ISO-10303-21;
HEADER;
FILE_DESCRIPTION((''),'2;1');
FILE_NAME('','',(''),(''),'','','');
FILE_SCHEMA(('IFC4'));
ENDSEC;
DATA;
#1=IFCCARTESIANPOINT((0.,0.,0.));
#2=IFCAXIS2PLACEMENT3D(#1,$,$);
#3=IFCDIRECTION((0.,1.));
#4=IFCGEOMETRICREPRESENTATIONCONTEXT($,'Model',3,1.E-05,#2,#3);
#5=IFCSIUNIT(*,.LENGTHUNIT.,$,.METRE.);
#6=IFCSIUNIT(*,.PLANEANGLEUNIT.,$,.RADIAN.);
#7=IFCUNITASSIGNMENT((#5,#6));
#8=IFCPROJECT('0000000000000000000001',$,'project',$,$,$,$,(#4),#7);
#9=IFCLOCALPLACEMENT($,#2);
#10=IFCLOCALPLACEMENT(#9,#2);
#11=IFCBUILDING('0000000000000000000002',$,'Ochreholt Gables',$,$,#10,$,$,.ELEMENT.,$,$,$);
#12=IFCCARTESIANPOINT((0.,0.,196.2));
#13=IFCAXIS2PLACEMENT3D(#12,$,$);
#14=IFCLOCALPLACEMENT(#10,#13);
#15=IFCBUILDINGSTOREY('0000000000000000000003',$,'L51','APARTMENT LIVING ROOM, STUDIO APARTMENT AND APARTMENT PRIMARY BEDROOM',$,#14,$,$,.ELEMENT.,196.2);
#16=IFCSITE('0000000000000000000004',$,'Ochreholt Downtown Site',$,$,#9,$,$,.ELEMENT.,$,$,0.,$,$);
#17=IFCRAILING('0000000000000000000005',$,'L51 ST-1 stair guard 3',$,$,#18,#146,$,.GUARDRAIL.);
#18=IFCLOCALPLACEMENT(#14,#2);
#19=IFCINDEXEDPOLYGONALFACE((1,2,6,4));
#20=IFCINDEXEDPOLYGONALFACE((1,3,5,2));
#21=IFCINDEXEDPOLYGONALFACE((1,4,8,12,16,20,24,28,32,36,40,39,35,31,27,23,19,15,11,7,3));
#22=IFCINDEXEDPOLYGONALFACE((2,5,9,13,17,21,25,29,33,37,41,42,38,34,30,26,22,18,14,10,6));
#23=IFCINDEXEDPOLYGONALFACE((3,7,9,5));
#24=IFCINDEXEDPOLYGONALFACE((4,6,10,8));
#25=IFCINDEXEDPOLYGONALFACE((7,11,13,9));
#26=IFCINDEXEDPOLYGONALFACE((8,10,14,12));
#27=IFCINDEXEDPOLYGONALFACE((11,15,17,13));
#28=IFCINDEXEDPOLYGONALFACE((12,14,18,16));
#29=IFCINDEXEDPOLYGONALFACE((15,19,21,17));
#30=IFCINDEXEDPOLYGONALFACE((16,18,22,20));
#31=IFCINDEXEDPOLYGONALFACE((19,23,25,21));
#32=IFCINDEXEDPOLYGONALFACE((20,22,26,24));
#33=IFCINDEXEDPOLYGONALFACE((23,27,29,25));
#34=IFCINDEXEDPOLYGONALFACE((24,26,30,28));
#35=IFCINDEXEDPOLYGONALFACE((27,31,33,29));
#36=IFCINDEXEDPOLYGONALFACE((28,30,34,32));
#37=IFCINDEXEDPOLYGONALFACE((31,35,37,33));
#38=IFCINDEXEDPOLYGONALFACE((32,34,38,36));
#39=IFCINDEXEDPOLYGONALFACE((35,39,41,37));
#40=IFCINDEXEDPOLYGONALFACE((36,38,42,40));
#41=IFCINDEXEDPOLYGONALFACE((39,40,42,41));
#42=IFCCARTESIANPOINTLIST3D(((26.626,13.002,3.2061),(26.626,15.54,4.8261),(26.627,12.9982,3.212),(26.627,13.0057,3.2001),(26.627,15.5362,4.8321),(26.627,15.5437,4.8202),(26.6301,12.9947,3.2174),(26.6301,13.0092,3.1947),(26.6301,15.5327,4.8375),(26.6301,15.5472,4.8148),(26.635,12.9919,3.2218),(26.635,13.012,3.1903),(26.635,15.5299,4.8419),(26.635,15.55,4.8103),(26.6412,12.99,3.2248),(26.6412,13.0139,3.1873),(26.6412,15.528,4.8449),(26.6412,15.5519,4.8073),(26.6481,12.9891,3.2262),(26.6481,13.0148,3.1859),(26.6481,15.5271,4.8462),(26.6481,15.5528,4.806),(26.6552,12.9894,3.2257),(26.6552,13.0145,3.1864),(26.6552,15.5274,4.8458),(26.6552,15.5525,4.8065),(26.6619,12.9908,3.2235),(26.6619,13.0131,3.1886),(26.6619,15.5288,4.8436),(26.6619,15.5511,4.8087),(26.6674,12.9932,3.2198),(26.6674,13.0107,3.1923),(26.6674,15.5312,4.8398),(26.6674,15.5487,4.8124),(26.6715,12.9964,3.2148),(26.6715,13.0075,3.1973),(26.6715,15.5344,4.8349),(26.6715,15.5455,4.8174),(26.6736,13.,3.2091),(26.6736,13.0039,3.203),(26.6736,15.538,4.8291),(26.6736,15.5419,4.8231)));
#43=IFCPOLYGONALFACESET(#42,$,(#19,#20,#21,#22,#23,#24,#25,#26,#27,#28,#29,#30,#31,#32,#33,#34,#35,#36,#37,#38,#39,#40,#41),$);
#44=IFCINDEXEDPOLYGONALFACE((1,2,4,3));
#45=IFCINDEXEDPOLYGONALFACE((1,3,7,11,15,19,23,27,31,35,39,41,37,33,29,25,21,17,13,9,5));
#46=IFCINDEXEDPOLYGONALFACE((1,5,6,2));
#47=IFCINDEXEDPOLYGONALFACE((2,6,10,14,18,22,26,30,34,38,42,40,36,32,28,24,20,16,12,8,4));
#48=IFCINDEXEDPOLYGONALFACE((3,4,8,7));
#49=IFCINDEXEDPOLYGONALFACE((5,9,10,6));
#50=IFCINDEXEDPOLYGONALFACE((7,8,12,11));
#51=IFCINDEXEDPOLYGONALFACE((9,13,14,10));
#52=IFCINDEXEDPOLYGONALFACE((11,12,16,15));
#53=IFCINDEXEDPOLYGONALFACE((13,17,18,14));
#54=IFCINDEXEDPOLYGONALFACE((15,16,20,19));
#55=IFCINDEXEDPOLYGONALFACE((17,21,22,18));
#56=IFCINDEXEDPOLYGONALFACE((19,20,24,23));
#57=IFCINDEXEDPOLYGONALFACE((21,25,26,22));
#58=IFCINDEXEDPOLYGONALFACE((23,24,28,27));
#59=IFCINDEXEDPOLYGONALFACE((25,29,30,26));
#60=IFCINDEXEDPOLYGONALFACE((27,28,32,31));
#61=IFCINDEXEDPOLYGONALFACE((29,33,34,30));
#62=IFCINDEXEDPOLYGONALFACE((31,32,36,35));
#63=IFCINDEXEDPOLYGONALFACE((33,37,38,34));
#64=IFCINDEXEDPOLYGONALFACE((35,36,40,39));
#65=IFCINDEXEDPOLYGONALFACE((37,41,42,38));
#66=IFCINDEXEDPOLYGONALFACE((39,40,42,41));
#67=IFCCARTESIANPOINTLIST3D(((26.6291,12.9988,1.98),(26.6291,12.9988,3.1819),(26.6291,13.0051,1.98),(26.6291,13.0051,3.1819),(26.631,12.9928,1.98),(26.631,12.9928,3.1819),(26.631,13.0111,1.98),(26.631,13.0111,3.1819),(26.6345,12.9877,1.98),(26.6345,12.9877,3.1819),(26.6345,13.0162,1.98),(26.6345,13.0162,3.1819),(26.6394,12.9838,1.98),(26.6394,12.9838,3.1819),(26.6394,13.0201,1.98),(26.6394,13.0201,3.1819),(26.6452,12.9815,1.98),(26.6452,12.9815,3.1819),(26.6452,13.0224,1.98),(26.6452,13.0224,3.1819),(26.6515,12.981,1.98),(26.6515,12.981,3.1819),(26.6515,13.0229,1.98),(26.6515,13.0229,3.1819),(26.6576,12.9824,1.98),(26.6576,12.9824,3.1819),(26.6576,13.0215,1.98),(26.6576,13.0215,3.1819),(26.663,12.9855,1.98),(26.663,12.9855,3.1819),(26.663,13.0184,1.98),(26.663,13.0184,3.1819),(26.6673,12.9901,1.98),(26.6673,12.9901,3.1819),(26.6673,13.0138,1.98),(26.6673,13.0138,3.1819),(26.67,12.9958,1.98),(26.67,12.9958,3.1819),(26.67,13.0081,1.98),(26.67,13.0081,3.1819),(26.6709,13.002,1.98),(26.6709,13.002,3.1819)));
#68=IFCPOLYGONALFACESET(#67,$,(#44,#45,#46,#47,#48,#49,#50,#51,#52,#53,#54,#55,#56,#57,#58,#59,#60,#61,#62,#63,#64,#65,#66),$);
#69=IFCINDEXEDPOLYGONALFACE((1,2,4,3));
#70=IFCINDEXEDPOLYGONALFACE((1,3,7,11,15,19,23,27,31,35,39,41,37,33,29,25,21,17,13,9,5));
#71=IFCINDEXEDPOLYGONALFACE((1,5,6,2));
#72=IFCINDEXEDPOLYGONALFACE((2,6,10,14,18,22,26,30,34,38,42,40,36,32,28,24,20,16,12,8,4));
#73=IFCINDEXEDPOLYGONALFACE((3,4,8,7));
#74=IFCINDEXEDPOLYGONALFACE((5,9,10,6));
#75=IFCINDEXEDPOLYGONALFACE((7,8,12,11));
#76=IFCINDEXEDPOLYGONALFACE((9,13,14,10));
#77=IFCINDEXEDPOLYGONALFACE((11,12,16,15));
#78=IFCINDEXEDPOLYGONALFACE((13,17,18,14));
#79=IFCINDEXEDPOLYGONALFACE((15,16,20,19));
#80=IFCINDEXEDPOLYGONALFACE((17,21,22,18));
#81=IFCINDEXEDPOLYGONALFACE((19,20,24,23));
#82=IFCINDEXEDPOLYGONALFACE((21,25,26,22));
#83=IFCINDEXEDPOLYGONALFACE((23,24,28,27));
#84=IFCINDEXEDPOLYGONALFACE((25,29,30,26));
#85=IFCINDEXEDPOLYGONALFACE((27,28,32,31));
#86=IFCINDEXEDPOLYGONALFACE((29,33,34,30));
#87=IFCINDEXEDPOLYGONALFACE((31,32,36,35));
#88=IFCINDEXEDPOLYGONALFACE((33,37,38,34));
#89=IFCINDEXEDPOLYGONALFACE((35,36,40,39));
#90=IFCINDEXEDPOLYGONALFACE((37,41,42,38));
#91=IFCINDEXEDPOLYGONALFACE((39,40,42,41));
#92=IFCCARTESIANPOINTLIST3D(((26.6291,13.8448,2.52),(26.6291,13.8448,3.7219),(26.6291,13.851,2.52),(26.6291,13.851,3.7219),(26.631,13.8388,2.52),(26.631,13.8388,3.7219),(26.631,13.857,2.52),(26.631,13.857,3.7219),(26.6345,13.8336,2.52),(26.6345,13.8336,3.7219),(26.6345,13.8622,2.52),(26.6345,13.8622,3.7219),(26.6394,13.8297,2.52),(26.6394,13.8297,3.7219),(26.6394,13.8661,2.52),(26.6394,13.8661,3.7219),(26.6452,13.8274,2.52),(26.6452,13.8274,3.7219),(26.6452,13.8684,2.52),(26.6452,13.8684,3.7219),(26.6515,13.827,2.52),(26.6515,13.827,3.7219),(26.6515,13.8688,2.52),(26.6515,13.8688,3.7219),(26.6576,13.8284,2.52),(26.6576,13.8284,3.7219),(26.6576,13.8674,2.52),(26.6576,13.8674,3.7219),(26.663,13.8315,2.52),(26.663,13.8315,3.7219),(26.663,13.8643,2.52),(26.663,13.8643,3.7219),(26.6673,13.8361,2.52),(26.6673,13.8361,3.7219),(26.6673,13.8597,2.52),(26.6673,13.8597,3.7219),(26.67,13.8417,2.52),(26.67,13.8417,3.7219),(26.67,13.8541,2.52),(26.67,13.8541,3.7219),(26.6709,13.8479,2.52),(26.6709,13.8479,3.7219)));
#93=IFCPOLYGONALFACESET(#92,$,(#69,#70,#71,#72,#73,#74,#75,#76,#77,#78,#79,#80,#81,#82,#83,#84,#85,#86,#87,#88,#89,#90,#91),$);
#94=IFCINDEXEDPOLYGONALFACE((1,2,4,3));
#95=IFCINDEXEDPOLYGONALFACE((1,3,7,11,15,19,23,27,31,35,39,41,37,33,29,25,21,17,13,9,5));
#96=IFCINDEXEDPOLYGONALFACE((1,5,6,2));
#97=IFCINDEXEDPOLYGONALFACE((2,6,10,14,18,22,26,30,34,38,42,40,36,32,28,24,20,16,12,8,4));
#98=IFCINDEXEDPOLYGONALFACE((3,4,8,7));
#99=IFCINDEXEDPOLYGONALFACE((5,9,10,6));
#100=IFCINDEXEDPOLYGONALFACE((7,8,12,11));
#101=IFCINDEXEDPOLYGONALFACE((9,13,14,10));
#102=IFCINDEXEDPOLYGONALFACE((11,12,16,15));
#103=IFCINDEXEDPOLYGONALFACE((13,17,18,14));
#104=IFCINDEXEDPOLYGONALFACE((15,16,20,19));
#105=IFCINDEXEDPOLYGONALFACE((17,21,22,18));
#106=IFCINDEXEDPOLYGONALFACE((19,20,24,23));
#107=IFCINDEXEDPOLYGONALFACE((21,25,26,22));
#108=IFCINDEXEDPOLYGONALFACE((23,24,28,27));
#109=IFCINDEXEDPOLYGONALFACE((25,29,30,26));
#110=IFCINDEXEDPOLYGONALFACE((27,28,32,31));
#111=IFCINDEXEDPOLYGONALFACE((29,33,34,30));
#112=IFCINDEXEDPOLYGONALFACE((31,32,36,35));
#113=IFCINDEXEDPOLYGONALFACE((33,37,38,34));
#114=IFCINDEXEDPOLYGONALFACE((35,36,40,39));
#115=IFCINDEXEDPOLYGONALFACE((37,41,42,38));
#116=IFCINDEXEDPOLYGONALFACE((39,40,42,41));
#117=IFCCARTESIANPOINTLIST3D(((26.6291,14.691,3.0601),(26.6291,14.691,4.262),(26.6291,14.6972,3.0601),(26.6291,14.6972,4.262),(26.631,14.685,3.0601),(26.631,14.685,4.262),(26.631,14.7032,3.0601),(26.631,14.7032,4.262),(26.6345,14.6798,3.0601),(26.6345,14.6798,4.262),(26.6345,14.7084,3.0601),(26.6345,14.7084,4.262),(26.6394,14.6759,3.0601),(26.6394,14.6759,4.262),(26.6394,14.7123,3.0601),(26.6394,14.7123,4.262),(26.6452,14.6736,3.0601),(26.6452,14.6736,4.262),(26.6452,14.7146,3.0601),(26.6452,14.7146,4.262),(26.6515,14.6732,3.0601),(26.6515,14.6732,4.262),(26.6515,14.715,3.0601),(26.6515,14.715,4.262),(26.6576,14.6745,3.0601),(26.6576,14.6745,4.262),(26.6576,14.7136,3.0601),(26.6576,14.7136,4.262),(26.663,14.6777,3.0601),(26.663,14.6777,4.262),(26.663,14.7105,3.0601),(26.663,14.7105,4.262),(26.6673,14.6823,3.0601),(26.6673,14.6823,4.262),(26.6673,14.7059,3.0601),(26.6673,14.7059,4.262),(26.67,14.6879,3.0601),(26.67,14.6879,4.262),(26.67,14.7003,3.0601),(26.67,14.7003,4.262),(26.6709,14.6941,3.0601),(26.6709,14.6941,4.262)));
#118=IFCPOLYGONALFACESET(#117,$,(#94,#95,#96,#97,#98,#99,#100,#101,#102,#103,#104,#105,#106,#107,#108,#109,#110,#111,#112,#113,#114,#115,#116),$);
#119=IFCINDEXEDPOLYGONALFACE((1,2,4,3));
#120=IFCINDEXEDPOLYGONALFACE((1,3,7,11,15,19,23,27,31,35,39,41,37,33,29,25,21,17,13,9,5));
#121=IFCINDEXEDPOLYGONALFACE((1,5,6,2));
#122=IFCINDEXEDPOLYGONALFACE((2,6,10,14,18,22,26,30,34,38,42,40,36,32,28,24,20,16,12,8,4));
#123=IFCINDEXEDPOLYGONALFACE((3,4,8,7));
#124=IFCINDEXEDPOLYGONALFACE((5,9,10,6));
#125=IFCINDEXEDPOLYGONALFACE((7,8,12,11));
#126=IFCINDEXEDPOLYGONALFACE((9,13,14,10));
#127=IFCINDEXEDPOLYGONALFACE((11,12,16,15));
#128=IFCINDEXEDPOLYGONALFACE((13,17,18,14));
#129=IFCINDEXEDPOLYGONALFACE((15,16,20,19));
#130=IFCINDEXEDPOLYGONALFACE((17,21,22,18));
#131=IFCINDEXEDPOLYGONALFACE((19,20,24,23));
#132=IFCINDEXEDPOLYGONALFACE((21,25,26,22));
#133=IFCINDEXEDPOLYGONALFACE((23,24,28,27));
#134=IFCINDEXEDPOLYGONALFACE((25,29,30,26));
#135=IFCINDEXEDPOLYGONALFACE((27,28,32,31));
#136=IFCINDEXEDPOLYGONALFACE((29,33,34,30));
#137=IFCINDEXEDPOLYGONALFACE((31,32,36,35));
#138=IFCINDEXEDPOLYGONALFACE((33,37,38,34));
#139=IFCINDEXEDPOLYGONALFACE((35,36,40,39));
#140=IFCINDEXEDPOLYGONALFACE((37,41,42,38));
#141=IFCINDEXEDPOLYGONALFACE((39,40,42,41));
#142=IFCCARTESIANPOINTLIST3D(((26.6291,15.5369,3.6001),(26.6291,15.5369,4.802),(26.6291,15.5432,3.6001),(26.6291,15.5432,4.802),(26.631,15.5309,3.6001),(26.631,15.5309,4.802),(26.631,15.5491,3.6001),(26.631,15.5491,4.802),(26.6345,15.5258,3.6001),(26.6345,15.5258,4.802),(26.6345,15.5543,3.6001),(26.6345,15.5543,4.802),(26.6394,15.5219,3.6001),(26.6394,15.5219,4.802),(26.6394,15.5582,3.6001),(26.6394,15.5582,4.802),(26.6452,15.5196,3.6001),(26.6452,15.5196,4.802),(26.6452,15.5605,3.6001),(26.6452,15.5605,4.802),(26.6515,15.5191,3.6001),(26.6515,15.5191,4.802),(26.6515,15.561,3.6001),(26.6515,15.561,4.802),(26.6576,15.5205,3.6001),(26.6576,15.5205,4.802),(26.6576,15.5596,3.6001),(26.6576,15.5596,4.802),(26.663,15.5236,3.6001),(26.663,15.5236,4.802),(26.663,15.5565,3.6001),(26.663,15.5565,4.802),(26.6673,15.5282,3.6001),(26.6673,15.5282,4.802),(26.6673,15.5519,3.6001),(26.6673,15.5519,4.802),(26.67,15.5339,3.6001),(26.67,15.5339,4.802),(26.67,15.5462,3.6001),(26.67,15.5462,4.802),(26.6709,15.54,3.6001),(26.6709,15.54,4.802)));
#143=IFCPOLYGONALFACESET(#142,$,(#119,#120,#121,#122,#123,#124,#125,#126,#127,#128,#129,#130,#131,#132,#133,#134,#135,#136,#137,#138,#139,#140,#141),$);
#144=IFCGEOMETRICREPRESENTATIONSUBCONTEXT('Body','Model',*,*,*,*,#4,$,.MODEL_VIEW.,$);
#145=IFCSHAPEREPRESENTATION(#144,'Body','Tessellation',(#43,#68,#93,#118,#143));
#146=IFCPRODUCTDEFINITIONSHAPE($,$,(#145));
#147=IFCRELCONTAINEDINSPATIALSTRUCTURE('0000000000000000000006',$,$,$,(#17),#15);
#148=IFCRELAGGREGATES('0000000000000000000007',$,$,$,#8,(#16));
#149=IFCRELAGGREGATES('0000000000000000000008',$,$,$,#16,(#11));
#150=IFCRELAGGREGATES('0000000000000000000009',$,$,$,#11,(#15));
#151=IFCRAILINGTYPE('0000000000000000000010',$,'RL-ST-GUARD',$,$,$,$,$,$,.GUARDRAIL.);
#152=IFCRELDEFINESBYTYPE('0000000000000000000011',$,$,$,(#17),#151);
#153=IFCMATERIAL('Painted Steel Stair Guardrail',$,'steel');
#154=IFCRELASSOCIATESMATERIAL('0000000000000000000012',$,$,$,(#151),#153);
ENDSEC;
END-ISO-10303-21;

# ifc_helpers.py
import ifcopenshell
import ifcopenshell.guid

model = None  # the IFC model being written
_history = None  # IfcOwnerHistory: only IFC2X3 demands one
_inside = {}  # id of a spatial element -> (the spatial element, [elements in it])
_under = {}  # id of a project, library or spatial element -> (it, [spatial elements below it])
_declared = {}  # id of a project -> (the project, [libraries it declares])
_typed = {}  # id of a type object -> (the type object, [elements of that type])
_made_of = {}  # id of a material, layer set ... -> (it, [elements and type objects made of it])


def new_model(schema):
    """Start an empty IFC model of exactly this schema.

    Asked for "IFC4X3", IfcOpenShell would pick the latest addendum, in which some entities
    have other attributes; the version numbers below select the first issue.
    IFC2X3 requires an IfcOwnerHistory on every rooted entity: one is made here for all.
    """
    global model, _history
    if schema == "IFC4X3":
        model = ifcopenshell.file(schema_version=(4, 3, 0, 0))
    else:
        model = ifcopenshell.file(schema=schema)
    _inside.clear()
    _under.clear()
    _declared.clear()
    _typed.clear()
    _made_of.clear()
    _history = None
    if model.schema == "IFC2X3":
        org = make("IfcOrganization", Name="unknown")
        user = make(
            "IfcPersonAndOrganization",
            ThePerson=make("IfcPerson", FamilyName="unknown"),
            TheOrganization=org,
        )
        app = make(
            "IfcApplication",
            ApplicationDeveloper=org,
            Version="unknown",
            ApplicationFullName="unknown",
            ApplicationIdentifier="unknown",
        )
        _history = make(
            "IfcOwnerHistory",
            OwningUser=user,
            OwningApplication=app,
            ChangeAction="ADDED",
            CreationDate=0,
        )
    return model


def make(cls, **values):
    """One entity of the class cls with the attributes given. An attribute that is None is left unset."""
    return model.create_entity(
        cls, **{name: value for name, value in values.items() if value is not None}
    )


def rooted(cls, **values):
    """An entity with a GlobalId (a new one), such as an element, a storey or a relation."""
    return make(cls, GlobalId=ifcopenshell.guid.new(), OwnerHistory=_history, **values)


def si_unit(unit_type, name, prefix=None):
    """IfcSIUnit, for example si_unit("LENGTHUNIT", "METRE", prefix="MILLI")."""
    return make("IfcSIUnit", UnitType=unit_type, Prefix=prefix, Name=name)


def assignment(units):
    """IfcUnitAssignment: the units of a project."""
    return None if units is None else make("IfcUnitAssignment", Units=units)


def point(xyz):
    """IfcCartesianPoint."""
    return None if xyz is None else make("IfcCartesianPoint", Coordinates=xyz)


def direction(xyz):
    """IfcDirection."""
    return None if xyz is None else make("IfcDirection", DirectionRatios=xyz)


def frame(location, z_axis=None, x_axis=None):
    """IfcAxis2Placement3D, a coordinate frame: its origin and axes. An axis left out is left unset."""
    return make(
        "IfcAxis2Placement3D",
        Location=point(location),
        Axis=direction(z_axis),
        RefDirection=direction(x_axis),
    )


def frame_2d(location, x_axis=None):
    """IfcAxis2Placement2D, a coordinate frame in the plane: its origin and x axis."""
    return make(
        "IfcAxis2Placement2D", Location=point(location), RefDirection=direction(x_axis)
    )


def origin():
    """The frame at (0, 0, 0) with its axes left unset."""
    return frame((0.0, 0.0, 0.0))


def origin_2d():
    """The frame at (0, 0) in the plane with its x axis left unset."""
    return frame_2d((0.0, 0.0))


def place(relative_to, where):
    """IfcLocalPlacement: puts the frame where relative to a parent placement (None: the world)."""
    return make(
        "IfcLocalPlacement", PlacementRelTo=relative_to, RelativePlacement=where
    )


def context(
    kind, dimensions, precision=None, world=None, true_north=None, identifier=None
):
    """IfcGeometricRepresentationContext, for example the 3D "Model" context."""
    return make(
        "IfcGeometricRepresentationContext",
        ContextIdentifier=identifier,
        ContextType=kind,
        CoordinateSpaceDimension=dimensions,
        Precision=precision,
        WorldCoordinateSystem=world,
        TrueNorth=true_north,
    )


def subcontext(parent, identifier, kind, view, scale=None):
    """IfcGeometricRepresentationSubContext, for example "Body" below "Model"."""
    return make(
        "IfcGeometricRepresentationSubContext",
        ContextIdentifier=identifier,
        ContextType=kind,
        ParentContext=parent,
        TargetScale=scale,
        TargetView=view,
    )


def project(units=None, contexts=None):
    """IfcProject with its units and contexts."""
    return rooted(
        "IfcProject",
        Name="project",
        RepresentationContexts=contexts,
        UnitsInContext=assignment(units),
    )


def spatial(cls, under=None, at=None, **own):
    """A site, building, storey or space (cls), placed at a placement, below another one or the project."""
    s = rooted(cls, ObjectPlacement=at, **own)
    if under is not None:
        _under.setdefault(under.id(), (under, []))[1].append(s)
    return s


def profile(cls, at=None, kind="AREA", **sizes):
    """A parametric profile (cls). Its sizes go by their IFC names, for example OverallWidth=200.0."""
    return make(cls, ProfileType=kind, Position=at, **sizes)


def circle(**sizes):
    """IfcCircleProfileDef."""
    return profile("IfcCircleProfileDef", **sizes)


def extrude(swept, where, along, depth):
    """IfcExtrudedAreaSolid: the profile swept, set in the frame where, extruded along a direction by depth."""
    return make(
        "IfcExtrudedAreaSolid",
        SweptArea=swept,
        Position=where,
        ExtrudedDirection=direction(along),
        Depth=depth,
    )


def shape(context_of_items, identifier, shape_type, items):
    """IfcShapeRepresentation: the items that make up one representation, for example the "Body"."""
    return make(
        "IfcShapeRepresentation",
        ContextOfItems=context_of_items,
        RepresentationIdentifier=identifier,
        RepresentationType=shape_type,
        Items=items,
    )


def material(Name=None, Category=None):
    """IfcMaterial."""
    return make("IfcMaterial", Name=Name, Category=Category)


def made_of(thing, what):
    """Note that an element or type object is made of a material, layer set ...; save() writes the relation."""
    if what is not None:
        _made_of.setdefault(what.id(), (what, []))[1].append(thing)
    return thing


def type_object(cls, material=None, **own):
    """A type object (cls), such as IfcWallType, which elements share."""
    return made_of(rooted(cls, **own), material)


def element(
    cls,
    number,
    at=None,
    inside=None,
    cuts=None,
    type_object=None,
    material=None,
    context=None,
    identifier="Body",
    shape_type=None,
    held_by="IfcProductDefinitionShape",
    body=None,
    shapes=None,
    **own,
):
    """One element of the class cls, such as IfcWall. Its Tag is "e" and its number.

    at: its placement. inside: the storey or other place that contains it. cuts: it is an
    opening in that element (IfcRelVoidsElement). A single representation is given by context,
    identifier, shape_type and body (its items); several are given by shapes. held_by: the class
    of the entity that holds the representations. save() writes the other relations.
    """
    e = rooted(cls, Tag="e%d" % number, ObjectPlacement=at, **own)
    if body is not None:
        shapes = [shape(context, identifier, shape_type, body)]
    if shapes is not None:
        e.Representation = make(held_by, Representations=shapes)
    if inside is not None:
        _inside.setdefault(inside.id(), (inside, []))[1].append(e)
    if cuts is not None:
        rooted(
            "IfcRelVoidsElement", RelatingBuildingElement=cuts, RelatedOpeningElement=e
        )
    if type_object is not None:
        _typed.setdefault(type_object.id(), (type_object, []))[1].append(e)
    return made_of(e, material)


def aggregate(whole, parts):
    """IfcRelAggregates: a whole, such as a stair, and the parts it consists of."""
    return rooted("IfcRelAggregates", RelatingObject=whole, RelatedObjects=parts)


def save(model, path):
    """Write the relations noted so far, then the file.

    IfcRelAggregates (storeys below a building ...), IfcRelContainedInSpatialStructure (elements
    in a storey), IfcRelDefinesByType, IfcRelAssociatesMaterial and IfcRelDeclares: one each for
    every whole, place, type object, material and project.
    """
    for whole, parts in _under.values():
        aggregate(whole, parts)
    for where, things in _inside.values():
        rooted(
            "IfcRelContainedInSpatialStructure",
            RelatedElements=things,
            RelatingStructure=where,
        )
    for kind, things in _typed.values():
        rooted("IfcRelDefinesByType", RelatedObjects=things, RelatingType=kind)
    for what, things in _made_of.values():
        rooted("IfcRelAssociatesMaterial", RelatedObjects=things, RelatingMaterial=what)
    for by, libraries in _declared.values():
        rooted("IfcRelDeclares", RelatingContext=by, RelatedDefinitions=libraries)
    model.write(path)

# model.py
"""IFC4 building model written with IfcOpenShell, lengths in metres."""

from ifc_helpers import new_model, si_unit, direction, frame, origin, origin_2d, place, context, subcontext, project, spatial, circle, extrude, material, type_object, element, save


model = new_model("IFC4")

# Units and contexts
model_context = context("Model", 3, precision=1e-05, world=origin(), true_north=direction((0.0, 1.0)))
body_context = subcontext(model_context, "Body", "Model", "MODEL_VIEW")
ifc_project = project(units=[si_unit("LENGTHUNIT", "METRE"), si_unit("PLANEANGLEUNIT", "RADIAN")], contexts=[model_context])

# Site, building, storey
site_placement = place(None, origin())
site = spatial("IfcSite", under=ifc_project, at=site_placement, Name="Ochreholt Downtown Site", CompositionType="ELEMENT", RefElevation=0.0)
building_placement = place(site_placement, origin())
building = spatial("IfcBuilding", under=site, at=building_placement, Name="Ochreholt Gables", CompositionType="ELEMENT")
storey_placement = place(building_placement, frame((0.0, 0.0, 196.2)))
storey = spatial("IfcBuildingStorey", under=building, at=storey_placement, Name="L51", Description="APARTMENT LIVING ROOM, STUDIO APARTMENT AND APARTMENT PRIMARY BEDROOM", CompositionType="ELEMENT", Elevation=196.2)

# Railing
ifc_material_1 = material(Name="Painted Steel Stair Guardrail", Category="steel")
railing_type_1 = type_object("IfcRailingType", Name="RL-ST-GUARD", PredefinedType="GUARDRAIL", material=ifc_material_1)
railing_1_placement = place(storey_placement, frame((26.6499, 13.002, 1.98)))
element("IfcRailing", 1, at=railing_1_placement, inside=storey, type_object=railing_type_1, Name="L51 ST-1 stair guard 3", PredefinedType="GUARDRAIL", context=body_context, shape_type="SweptSolid", body=[
    extrude(circle(Radius=0.0239, at=origin_2d()), frame((0.0, 0.0, 1.2261), z_axis=(0.0, 0.842913, 0.53805), x_axis=(-1.0, 0.0, 0.0)), (0.0, 0.0, 1.0), 3.011),
    extrude(circle(Radius=0.021, at=origin_2d()), origin(), (0.0, 0.0, 1.0), 1.2019),
    extrude(circle(Radius=0.021, at=origin_2d()), frame((0.0, 0.8459, 0.54)), (0.0, 0.0, 1.0), 1.2019),
    extrude(circle(Radius=0.021, at=origin_2d()), frame((0.0, 1.6921, 1.0801)), (0.0, 0.0, 1.0), 1.2019),
    extrude(circle(Radius=0.021, at=origin_2d()), frame((0.0, 2.5381, 1.6201)), (0.0, 0.0, 1.0), 1.2019),
])

save(model, "model.ifc")
